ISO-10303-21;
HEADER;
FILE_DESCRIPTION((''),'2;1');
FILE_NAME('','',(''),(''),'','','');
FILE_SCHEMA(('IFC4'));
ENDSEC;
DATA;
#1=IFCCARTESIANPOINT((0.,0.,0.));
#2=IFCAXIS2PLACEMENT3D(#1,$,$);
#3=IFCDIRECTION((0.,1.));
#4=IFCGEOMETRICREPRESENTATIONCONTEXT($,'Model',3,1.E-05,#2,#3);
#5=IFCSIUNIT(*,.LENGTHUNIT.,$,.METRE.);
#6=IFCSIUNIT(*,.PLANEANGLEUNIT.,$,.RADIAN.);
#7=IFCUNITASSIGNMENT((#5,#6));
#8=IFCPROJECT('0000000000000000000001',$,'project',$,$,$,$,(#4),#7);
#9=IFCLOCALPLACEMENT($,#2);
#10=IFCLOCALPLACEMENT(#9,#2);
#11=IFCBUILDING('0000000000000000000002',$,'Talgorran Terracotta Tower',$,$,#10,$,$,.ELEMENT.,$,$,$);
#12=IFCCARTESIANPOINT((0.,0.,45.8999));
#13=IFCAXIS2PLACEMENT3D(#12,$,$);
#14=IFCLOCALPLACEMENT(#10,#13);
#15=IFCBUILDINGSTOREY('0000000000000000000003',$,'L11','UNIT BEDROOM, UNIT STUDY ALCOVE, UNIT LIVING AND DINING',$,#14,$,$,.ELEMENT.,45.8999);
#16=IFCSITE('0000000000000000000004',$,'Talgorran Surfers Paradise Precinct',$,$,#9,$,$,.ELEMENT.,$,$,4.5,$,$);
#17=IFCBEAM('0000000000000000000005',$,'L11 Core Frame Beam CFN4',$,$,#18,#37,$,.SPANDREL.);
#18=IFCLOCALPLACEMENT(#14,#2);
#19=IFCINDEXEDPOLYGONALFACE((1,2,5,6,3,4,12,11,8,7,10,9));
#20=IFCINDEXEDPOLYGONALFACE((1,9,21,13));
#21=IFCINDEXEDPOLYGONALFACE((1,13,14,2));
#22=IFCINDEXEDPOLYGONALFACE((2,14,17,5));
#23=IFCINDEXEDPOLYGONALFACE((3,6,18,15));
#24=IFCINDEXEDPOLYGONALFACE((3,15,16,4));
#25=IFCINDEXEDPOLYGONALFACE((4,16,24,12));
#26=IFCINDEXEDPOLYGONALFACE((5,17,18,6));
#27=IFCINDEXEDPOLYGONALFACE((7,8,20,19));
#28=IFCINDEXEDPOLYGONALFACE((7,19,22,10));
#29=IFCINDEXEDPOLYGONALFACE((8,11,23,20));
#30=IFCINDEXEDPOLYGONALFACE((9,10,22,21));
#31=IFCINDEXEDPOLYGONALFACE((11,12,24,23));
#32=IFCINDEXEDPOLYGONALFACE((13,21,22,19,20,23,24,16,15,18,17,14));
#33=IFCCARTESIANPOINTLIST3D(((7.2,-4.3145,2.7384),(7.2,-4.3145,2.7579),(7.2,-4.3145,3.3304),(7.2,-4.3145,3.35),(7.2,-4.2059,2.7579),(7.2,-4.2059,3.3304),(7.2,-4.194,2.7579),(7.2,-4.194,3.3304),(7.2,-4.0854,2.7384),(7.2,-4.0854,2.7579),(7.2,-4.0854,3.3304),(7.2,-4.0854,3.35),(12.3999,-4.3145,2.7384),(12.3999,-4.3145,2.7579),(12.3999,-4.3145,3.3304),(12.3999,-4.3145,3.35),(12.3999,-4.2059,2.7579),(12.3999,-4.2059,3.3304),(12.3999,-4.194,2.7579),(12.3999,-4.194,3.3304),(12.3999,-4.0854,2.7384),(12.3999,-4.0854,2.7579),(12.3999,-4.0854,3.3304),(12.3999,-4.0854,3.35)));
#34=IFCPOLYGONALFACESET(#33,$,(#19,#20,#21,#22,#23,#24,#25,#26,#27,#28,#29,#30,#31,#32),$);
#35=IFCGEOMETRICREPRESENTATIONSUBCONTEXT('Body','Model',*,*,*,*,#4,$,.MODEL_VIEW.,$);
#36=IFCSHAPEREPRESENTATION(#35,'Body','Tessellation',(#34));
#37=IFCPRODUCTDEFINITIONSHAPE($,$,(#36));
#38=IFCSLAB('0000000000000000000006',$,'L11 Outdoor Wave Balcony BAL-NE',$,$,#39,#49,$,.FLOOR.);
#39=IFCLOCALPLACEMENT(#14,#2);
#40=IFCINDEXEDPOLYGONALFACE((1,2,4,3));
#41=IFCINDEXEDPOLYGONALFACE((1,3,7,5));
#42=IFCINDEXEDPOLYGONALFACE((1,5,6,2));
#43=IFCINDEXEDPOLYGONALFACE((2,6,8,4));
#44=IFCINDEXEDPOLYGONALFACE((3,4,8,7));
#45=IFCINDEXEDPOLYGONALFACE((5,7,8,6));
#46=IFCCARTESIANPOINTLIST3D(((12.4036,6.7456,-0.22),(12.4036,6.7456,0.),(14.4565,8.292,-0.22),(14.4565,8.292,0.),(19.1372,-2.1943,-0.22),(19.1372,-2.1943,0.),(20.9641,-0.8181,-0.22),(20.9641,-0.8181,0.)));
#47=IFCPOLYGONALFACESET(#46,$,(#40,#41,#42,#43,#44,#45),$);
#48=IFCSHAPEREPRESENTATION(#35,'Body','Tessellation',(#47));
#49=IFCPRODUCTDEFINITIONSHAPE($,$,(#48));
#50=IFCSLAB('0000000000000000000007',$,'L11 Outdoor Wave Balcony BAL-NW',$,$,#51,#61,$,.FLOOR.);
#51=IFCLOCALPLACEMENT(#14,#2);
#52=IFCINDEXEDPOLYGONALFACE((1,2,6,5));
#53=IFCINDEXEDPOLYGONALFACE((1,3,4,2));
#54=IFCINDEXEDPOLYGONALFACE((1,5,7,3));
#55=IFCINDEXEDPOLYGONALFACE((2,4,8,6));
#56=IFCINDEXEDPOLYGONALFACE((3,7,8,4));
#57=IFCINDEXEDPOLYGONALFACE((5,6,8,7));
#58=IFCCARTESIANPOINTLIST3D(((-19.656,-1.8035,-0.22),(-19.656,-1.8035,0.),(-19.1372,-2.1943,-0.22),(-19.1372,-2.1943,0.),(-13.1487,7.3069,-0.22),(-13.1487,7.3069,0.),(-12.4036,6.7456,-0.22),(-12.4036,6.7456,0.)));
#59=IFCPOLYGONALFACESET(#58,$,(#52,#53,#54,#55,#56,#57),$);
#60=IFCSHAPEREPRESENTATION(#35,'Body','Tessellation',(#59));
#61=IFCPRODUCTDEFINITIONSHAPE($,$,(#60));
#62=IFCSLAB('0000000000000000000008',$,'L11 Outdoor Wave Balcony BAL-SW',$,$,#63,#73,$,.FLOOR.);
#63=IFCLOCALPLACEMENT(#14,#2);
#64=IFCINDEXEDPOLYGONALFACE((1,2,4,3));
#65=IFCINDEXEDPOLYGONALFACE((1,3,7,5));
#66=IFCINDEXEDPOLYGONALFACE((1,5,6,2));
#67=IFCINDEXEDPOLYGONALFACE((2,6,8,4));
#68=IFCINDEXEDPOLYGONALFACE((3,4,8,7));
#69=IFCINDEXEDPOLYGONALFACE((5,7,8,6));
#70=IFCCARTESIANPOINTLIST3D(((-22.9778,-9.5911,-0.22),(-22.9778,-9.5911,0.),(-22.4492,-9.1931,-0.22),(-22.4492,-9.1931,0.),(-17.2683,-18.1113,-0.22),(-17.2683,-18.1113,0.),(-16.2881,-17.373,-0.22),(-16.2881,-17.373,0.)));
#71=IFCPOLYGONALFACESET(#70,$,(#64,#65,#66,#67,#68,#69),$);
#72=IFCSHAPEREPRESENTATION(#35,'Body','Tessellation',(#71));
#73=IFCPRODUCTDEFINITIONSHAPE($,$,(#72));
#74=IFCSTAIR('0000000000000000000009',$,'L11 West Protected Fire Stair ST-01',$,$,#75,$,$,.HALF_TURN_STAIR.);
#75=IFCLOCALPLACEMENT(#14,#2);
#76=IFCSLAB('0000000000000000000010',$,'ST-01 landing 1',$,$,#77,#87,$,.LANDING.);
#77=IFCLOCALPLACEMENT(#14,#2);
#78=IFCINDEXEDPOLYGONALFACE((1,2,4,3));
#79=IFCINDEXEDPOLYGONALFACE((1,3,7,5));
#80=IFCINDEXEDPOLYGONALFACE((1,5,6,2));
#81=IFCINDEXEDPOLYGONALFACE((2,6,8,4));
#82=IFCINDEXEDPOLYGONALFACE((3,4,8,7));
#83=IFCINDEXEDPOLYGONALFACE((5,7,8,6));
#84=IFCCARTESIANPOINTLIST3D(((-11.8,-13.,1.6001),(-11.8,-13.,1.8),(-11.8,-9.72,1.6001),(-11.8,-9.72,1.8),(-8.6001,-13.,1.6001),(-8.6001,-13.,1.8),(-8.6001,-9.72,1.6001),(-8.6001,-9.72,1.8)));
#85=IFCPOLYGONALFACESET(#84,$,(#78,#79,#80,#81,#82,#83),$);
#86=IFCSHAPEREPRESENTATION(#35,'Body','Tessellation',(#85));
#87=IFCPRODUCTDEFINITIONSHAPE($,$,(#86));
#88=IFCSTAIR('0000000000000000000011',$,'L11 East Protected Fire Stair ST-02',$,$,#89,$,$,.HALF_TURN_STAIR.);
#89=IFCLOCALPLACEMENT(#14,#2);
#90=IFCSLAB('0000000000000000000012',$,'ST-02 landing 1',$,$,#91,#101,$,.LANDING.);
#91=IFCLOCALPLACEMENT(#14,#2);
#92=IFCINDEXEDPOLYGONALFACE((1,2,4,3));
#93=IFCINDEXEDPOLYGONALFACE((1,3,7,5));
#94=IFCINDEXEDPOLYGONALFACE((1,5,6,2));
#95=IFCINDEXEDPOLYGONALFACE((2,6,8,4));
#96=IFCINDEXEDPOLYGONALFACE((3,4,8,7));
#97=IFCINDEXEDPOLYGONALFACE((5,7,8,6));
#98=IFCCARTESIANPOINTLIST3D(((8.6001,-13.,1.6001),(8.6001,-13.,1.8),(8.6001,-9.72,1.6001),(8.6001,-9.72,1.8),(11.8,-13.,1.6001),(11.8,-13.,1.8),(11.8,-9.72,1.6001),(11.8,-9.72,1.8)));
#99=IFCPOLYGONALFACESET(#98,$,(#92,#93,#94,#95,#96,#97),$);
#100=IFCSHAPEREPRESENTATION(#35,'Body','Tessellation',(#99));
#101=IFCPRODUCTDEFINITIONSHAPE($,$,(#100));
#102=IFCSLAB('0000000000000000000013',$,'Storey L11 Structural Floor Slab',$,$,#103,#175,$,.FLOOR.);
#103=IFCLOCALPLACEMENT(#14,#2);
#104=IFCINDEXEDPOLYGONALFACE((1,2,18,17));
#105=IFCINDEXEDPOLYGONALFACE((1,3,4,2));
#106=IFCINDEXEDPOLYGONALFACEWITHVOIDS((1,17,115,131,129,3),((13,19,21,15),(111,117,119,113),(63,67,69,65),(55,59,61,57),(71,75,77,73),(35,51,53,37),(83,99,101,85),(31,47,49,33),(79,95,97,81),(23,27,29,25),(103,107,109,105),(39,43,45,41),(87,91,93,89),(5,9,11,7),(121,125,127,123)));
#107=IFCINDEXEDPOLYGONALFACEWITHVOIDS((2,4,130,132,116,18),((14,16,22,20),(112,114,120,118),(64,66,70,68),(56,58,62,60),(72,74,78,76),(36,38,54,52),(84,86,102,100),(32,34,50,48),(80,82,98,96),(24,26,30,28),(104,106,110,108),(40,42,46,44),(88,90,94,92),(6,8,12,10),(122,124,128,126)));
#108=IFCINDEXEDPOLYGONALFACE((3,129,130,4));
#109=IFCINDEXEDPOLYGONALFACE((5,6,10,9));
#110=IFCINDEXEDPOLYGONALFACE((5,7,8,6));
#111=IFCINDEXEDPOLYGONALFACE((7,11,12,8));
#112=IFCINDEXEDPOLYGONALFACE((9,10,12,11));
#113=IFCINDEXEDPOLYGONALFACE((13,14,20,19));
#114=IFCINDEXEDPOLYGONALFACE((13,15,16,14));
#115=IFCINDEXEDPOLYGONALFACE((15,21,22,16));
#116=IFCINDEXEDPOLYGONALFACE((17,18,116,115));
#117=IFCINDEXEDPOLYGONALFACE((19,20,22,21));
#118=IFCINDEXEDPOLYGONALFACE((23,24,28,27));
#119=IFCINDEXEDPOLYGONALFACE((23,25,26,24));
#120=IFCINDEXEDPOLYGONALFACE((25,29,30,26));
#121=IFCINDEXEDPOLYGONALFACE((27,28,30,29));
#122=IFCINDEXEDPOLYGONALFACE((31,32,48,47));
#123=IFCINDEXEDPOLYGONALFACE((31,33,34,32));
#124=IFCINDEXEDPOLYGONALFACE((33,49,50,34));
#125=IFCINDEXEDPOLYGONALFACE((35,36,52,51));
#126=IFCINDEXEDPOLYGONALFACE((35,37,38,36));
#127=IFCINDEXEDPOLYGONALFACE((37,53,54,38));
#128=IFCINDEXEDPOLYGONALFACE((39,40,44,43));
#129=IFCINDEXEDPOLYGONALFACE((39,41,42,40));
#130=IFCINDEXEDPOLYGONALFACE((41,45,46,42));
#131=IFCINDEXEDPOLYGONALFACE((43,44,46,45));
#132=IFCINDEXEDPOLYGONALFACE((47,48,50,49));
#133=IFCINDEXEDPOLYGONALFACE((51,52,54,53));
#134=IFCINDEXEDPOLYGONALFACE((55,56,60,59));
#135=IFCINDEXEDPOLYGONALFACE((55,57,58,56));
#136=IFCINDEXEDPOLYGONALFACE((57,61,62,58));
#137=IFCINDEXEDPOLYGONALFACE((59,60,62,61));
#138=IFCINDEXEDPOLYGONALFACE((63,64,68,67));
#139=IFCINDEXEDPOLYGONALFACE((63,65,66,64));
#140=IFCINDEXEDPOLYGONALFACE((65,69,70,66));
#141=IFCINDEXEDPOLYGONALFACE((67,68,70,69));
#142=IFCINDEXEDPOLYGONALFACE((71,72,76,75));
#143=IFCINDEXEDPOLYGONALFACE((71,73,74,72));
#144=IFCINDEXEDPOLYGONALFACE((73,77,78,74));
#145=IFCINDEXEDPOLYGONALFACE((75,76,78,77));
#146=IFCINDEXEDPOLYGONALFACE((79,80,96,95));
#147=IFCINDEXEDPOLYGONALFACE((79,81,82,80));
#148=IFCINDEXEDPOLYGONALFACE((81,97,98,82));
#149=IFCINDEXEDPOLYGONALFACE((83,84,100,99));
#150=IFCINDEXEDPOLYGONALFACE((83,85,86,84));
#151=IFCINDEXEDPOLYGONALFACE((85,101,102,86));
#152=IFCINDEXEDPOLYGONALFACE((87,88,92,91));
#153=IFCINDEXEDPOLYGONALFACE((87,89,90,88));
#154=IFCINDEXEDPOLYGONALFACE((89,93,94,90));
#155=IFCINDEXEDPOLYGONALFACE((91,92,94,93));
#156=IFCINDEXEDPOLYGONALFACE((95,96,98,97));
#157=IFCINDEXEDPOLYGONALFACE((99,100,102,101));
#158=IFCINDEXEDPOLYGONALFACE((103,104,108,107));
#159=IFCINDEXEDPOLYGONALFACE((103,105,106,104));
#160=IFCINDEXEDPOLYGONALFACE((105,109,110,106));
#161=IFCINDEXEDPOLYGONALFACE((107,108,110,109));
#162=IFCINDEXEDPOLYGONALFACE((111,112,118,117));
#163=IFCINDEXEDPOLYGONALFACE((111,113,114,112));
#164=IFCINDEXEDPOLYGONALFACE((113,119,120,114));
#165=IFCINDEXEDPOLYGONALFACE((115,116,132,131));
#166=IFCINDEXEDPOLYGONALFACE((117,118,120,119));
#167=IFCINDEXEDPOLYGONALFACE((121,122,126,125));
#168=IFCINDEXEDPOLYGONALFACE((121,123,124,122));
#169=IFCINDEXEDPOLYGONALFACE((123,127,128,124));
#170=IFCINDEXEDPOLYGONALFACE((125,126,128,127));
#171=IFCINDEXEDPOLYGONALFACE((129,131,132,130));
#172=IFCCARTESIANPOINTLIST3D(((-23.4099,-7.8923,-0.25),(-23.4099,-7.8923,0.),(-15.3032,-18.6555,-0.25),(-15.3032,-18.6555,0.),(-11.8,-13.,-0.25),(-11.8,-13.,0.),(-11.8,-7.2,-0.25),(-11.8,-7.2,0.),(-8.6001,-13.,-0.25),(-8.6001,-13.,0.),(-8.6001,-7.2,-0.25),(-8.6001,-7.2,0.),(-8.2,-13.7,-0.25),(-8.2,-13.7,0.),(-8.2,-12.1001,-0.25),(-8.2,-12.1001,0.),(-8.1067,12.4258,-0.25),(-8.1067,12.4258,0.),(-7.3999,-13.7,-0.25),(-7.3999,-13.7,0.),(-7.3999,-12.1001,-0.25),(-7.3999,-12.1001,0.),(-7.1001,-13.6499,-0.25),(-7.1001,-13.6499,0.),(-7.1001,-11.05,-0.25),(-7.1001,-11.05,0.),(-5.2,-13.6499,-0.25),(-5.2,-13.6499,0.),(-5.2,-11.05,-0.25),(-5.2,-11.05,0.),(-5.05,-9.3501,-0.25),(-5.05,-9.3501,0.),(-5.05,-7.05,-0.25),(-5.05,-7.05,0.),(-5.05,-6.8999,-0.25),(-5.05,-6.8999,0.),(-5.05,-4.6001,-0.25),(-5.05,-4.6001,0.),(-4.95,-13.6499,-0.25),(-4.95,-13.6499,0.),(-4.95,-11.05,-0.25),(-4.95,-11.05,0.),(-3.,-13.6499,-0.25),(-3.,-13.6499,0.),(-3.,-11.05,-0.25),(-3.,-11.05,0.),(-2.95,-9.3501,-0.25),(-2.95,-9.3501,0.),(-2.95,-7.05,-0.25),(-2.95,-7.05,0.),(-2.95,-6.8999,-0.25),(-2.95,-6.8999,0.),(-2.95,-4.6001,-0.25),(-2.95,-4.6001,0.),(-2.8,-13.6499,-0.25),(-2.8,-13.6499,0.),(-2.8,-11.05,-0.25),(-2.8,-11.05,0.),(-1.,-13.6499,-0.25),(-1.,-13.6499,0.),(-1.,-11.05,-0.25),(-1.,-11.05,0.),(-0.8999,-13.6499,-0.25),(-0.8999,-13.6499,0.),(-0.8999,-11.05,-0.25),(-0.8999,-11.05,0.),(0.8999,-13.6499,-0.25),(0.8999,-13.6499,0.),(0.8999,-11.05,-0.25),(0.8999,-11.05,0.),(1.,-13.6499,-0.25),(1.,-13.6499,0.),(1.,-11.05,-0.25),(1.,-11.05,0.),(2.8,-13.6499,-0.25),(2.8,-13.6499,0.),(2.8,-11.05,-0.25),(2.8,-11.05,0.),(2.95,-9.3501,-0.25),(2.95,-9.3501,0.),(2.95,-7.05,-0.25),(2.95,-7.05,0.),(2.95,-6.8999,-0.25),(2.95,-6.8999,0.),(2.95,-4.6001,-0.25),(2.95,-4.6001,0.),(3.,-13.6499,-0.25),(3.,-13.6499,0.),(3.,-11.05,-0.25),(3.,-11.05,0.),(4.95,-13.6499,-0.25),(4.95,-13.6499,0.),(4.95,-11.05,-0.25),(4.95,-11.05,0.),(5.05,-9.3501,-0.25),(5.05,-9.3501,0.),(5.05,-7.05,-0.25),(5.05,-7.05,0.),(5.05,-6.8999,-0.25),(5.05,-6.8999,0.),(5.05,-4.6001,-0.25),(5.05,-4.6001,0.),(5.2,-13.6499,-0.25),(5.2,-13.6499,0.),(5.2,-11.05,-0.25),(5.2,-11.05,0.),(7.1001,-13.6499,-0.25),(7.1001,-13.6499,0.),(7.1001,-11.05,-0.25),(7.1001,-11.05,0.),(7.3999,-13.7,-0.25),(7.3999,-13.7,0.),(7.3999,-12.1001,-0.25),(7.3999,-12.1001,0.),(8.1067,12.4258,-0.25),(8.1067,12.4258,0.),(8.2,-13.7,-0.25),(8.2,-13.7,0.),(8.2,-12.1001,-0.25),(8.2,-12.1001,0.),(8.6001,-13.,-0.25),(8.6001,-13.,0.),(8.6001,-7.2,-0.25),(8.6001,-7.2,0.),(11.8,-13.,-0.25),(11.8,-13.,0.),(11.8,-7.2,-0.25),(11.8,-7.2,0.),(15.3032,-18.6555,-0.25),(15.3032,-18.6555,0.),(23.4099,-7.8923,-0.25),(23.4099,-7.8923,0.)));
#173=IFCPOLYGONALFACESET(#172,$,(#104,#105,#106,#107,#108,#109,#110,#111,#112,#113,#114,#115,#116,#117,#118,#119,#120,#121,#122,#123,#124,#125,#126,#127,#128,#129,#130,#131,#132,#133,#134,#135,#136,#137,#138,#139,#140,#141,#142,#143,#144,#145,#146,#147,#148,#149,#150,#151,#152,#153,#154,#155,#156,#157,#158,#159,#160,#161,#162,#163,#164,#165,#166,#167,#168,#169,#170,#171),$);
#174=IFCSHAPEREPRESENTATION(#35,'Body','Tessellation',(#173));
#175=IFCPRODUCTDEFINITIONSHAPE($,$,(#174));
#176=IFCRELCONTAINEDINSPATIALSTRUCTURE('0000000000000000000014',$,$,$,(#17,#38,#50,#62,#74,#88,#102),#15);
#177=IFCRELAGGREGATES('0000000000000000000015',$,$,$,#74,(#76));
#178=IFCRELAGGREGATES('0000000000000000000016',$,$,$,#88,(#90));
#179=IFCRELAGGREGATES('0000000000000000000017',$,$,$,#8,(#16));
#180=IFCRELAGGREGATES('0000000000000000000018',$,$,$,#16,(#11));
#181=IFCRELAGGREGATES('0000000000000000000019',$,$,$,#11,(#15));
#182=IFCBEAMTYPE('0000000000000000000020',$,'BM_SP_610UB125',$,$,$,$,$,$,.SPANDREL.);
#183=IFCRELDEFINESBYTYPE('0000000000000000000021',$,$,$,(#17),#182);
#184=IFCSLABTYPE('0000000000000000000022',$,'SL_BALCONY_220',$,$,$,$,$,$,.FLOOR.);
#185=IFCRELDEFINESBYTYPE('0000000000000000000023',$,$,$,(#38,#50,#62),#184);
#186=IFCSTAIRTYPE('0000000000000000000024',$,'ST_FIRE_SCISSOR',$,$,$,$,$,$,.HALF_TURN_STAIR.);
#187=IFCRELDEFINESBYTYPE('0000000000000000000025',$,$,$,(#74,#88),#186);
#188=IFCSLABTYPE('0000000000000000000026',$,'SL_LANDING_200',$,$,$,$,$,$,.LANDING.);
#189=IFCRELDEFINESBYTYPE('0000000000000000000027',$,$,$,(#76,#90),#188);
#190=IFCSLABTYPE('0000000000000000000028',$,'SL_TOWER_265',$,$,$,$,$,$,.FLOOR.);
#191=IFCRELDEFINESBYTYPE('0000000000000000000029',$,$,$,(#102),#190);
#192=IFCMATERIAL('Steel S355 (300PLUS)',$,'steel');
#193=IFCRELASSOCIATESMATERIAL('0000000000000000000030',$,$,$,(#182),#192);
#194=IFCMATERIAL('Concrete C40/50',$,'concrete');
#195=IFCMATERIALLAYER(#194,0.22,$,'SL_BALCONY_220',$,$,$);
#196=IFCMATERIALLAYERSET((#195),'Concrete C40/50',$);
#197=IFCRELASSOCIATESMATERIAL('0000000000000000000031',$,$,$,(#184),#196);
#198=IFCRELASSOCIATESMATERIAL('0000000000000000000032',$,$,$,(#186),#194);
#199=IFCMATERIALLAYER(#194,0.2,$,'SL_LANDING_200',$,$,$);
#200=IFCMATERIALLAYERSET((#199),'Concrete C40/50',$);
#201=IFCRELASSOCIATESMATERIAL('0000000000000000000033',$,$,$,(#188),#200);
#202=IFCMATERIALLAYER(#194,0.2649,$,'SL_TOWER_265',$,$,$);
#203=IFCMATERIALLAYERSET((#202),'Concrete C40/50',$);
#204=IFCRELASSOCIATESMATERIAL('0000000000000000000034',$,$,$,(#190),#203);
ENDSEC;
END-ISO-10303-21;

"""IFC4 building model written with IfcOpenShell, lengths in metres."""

from ifc_helpers import new_model, si_unit, direction, frame, origin, origin_2d, place, context, subcontext, project, spatial, polyline, i_section, outline, extrude, material, layer, layer_set, material_profile, profile_set, type_object, element, aggregate, save


model = new_model("IFC4")

# Units and contexts
model_context = context("Model", 3, precision=1e-05, world=origin(), true_north=direction((0.0, 1.0)))
body_context = subcontext(model_context, "Body", "Model", "MODEL_VIEW")
ifc_project = project(units=[si_unit("LENGTHUNIT", "METRE"), si_unit("PLANEANGLEUNIT", "RADIAN")], contexts=[model_context])

# Site, building, storey
site_placement = place(None, origin())
site = spatial("IfcSite", under=ifc_project, at=site_placement, Name="Talgorran Surfers Paradise Precinct", CompositionType="ELEMENT", RefElevation=4.5)
building_placement = place(site_placement, origin())
building = spatial("IfcBuilding", under=site, at=building_placement, Name="Talgorran Terracotta Tower", CompositionType="ELEMENT")
storey_placement = place(building_placement, frame((0.0, 0.0, 45.8999)))
storey = spatial("IfcBuildingStorey", under=building, at=storey_placement, Name="L11", Description="UNIT BEDROOM, UNIT STUDY ALCOVE, UNIT LIVING AND DINING", CompositionType="ELEMENT", Elevation=45.8999)

# Shared definitions
ifc_material_1 = material(Name="Steel S355 (300PLUS)", Category="steel")

# Beam
ifc_material_profile_1 = material_profile(ifc_material_1, i_section(OverallWidth=0.229, OverallDepth=0.6116, WebThickness=0.012, FlangeThickness=0.0195, at=origin_2d()), Name="610UB125")
ifc_profile_set_1 = profile_set([ifc_material_profile_1], Name="Steel S355 (300PLUS)")
beam_type_1 = type_object("IfcBeamType", Name="BM_SP_610UB125", PredefinedType="SPANDREL", material=ifc_profile_set_1)
beam_1_placement = place(storey_placement, frame((7.2, -4.2, 3.0442), z_axis=(1.0, 0.0, 0.0), x_axis=(0.0, 1.0, 0.0)))
element("IfcBeam", 1, at=beam_1_placement, inside=storey, type_object=beam_type_1, Name="L11 Core Frame Beam CFN4", PredefinedType="SPANDREL", context=body_context, shape_type="SweptSolid", body=[
    extrude(i_section(OverallWidth=0.229, OverallDepth=0.6116, WebThickness=0.012, FlangeThickness=0.0195, at=origin_2d()), origin(), (0.0, 0.0, 1.0), 5.2),
])

# Slabs
ifc_material_2 = material(Name="Concrete C40/50", Category="concrete")
ifc_layer_1 = layer(ifc_material_2, 0.22, Name="SL_BALCONY_220")
ifc_layer_set_1 = layer_set([ifc_layer_1], Name="Concrete C40/50")
slab_type_1 = type_object("IfcSlabType", Name="SL_BALCONY_220", PredefinedType="FLOOR", material=ifc_layer_set_1)
slab_1_placement = place(storey_placement, frame((0.0, 0.0, -0.22)))
element("IfcSlab", 2, at=slab_1_placement, inside=storey, type_object=slab_type_1, Name="L11 Outdoor Wave Balcony BAL-NE", PredefinedType="FLOOR", context=body_context, shape_type="SweptSolid", body=[
    extrude(outline(polyline([(12.4036, 6.7456), (19.1372, -2.1943), (20.9641, -0.8181), (14.4565, 8.292), (12.4036, 6.7456)])), origin(), (0.0, 0.0, 1.0), 0.22),
])
slab_2_placement = place(storey_placement, frame((0.0, 0.0, -0.22)))
element("IfcSlab", 3, at=slab_2_placement, inside=storey, type_object=slab_type_1, Name="L11 Outdoor Wave Balcony BAL-NW", PredefinedType="FLOOR", context=body_context, shape_type="SweptSolid", body=[
    extrude(outline(polyline([(-19.1372, -2.1943), (-12.4036, 6.7456), (-13.1487, 7.3069), (-19.656, -1.8035), (-19.1372, -2.1943)])), origin(), (0.0, 0.0, 1.0), 0.22),
])
slab_3_placement = place(storey_placement, frame((0.0, 0.0, -0.22)))
element("IfcSlab", 4, at=slab_3_placement, inside=storey, type_object=slab_type_1, Name="L11 Outdoor Wave Balcony BAL-SW", PredefinedType="FLOOR", context=body_context, shape_type="SweptSolid", body=[
    extrude(outline(polyline([(-16.2881, -17.373), (-22.4492, -9.1931), (-22.9778, -9.5911), (-17.2683, -18.1113), (-16.2881, -17.373)])), origin(), (0.0, 0.0, 1.0), 0.22),
])

# Stairs, slabs
stair_type = type_object("IfcStairType", Name="ST_FIRE_SCISSOR", PredefinedType="HALF_TURN_STAIR", material=ifc_material_2)
stair_1_placement = place(storey_placement, origin())
stair_1 = element("IfcStair", 5, at=stair_1_placement, inside=storey, type_object=stair_type, Name="L11 West Protected Fire Stair ST-01", PredefinedType="HALF_TURN_STAIR")
ifc_layer_2 = layer(ifc_material_2, 0.2, Name="SL_LANDING_200")
ifc_layer_set_2 = layer_set([ifc_layer_2], Name="Concrete C40/50")
slab_type_2 = type_object("IfcSlabType", Name="SL_LANDING_200", PredefinedType="LANDING", material=ifc_layer_set_2)
slab_4_placement = place(storey_placement, frame((0.0, 0.0, 1.6001)))
slab_4 = element("IfcSlab", 6, at=slab_4_placement, type_object=slab_type_2, Name="ST-01 landing 1", PredefinedType="LANDING", context=body_context, shape_type="SweptSolid", body=[
    extrude(outline(polyline([(-11.8, -9.72), (-11.8, -13.0), (-8.6001, -13.0), (-8.6001, -9.72), (-11.8, -9.72)])), origin(), (0.0, 0.0, 1.0), 0.2),
])
aggregate(stair_1, [slab_4])
stair_2_placement = place(storey_placement, origin())
stair_2 = element("IfcStair", 7, at=stair_2_placement, inside=storey, type_object=stair_type, Name="L11 East Protected Fire Stair ST-02", PredefinedType="HALF_TURN_STAIR")
slab_5_placement = place(storey_placement, frame((0.0, 0.0, 1.6001)))
slab_5 = element("IfcSlab", 8, at=slab_5_placement, type_object=slab_type_2, Name="ST-02 landing 1", PredefinedType="LANDING", context=body_context, shape_type="SweptSolid", body=[
    extrude(outline(polyline([(8.6001, -9.72), (8.6001, -13.0), (11.8, -13.0), (11.8, -9.72), (8.6001, -9.72)])), origin(), (0.0, 0.0, 1.0), 0.2),
])
aggregate(stair_2, [slab_5])

# Slab
ifc_layer_3 = layer(ifc_material_2, 0.2649, Name="SL_TOWER_265")
ifc_layer_set_3 = layer_set([ifc_layer_3], Name="Concrete C40/50")
slab_type_3 = type_object("IfcSlabType", Name="SL_TOWER_265", PredefinedType="FLOOR", material=ifc_layer_set_3)
slab_6_placement = place(storey_placement, frame((0.0, 0.0, -0.25)))
element("IfcSlab", 9, at=slab_6_placement, inside=storey, type_object=slab_type_3, Name="Storey L11 Structural Floor Slab", PredefinedType="FLOOR", context=body_context, shape_type="SweptSolid", body=[
    extrude(outline(polyline([(-23.4099, -7.8923), (-15.3032, -18.6555), (15.3032, -18.6555), (23.4099, -7.8923), (8.1067, 12.4258), (-8.1067, 12.4258), (-23.4099, -7.8923)]), holes=[polyline([(-11.8, -7.2), (-11.8, -13.0), (-8.6001, -13.0), (-8.6001, -7.2), (-11.8, -7.2)]), polyline([(8.6001, -7.2), (8.6001, -13.0), (11.8, -13.0), (11.8, -7.2), (8.6001, -7.2)]), polyline([(-7.1001, -13.6499), (-5.2, -13.6499), (-5.2, -11.05), (-7.1001, -11.05), (-7.1001, -13.6499)]), polyline([(5.2, -13.6499), (7.1001, -13.6499), (7.1001, -11.05), (5.2, -11.05), (5.2, -13.6499)]), polyline([(3.0, -13.6499), (4.95, -13.6499), (4.95, -11.05), (3.0, -11.05), (3.0, -13.6499)]), polyline([(-4.95, -13.6499), (-3.0, -13.6499), (-3.0, -11.05), (-4.95, -11.05), (-4.95, -13.6499)]), polyline([(-5.05, -9.3501), (-2.95, -9.3501), (-2.95, -7.05), (-5.05, -7.05), (-5.05, -9.3501)]), polyline([(-5.05, -6.8999), (-2.95, -6.8999), (-2.95, -4.6001), (-5.05, -4.6001), (-5.05, -6.8999)]), polyline([(2.95, -9.3501), (5.05, -9.3501), (5.05, -7.05), (2.95, -7.05), (2.95, -9.3501)]), polyline([(2.95, -6.8999), (5.05, -6.8999), (5.05, -4.6001), (2.95, -4.6001), (2.95, -6.8999)]), polyline([(-2.8, -13.6499), (-1.0, -13.6499), (-1.0, -11.05), (-2.8, -11.05), (-2.8, -13.6499)]), polyline([(-0.8999, -13.6499), (0.8999, -13.6499), (0.8999, -11.05), (-0.8999, -11.05), (-0.8999, -13.6499)]), polyline([(1.0, -13.6499), (2.8, -13.6499), (2.8, -11.05), (1.0, -11.05), (1.0, -13.6499)]), polyline([(-8.2, -13.7), (-7.3999, -13.7), (-7.3999, -12.1001), (-8.2, -12.1001), (-8.2, -13.7)]), polyline([(7.3999, -13.7), (8.2, -13.7), (8.2, -12.1001), (7.3999, -12.1001), (7.3999, -13.7)])]), origin(), (0.0, 0.0, 1.0), 0.25),
])

save(model, "model.ifc")
